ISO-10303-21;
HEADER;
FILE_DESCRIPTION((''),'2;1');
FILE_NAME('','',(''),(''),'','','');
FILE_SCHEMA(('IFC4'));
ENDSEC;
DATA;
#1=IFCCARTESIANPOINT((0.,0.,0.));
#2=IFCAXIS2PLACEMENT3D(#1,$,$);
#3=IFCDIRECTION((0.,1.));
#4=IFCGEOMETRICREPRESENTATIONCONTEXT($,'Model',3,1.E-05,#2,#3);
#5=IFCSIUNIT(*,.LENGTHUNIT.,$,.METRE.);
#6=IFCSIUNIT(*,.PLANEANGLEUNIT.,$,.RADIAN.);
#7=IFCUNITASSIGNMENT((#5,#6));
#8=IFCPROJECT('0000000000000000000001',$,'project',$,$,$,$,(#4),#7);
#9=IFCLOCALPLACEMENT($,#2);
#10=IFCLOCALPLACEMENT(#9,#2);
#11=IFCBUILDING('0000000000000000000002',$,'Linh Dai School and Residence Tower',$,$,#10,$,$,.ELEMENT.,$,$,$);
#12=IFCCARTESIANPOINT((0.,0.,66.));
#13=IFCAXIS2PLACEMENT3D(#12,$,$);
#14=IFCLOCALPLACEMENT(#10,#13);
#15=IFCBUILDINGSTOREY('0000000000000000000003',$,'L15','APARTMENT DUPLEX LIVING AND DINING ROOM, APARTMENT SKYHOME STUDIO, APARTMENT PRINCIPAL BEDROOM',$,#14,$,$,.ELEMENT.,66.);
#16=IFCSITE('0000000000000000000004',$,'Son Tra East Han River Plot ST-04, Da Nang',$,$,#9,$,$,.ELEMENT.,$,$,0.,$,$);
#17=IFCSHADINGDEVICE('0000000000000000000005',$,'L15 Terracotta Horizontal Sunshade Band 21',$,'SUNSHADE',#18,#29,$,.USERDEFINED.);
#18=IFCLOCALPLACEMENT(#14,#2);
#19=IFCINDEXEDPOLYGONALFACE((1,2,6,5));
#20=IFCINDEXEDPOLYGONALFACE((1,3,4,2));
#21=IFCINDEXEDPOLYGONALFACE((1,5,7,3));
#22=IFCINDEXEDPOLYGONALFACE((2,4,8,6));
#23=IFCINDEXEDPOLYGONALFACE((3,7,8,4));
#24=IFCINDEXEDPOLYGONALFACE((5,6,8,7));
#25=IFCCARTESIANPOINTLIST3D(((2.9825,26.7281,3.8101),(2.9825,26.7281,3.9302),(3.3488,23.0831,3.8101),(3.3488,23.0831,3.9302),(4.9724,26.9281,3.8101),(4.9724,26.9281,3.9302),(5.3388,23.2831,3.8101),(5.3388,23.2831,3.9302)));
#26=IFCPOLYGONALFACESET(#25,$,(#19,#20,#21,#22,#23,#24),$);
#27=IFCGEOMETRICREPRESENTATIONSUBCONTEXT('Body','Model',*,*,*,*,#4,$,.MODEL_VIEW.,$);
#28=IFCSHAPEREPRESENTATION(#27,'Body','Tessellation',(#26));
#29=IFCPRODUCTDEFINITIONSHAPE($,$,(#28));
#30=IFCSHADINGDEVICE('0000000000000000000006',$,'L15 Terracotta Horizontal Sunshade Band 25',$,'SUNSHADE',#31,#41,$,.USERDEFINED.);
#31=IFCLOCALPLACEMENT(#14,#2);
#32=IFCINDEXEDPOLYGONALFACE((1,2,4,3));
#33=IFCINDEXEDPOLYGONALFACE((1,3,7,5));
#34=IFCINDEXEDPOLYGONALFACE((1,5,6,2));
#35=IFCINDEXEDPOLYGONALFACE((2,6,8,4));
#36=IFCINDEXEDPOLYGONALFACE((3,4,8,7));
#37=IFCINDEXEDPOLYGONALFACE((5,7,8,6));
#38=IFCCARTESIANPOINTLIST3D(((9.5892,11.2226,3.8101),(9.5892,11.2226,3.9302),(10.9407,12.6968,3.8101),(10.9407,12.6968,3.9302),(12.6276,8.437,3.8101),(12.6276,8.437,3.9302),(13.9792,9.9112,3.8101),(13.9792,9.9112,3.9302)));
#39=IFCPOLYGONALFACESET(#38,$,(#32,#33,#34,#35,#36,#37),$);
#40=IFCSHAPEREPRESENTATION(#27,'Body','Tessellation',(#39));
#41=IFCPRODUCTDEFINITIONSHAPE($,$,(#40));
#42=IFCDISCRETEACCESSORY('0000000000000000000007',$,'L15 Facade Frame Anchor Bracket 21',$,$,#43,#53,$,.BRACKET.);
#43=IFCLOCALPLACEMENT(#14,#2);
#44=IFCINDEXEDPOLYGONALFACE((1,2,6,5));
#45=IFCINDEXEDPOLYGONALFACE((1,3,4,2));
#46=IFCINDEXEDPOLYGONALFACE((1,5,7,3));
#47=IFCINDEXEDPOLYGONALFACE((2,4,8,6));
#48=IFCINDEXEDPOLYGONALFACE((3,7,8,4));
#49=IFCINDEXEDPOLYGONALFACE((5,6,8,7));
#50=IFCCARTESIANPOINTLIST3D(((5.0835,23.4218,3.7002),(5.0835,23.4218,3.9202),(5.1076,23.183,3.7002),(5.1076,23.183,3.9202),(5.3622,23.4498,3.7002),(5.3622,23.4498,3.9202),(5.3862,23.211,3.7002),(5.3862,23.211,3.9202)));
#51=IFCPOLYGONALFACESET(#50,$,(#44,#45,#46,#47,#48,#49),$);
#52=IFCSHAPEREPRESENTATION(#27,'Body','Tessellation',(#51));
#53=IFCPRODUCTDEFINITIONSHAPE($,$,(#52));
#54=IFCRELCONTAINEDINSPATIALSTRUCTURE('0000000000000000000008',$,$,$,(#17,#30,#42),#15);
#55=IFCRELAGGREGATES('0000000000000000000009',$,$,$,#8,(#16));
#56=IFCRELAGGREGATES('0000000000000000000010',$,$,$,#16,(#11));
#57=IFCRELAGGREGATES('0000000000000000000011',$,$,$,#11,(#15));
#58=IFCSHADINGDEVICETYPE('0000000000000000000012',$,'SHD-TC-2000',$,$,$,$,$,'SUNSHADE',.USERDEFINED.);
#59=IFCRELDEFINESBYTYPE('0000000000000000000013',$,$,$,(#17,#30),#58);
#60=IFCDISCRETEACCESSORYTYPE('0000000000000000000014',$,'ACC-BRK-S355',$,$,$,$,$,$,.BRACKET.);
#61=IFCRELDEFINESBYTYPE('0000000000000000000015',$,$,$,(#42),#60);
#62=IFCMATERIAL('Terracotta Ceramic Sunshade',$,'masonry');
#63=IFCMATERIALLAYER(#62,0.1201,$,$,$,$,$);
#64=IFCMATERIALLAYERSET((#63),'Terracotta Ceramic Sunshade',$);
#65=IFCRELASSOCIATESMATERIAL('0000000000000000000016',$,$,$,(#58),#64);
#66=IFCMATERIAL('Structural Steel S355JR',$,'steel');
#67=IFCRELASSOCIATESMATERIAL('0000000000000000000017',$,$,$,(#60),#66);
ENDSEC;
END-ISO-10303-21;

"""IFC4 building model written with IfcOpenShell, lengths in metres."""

from ifc_helpers import new_model, si_unit, direction, frame, origin, origin_2d, place, context, subcontext, project, spatial, rectangle, extrude, source, transform, mapped, material, layer, layer_set, type_object, element, save


model = new_model("IFC4")

# Units and contexts
model_context = context("Model", 3, precision=1e-05, world=origin(), true_north=direction((0.0, 1.0)))
body_context = subcontext(model_context, "Body", "Model", "MODEL_VIEW")
ifc_project = project(units=[si_unit("LENGTHUNIT", "METRE"), si_unit("PLANEANGLEUNIT", "RADIAN")], contexts=[model_context])

# Site, building, storey
site_placement = place(None, origin())
site = spatial("IfcSite", under=ifc_project, at=site_placement, Name="Son Tra East Han River Plot ST-04, Da Nang", CompositionType="ELEMENT", RefElevation=0.0)
building_placement = place(site_placement, origin())
building = spatial("IfcBuilding", under=site, at=building_placement, Name="Linh Dai School and Residence Tower", CompositionType="ELEMENT")
storey_placement = place(building_placement, frame((0.0, 0.0, 66.0)))
storey = spatial("IfcBuildingStorey", under=building, at=storey_placement, Name="L15", Description="APARTMENT DUPLEX LIVING AND DINING ROOM, APARTMENT SKYHOME STUDIO, APARTMENT PRINCIPAL BEDROOM", CompositionType="ELEMENT", Elevation=66.0)

# Shared definitions
ifc_material_1 = material(Name="Structural Steel S355JR", Category="steel")

# Shading devices
ifc_material_2 = material(Name="Terracotta Ceramic Sunshade", Category="masonry")
ifc_layer_1 = layer(ifc_material_2, 0.1201)
ifc_layer_set_1 = layer_set([ifc_layer_1], Name="Terracotta Ceramic Sunshade")
shading_device_type = type_object("IfcShadingDeviceType", Name="SHD-TC-2000", ElementType="SUNSHADE", PredefinedType="USERDEFINED", material=ifc_layer_set_1)
shared_shape_1 = source(origin(), body_context, "Body", "SweptSolid", [
    extrude(rectangle(XDim=3.6633, YDim=2.0, at=origin_2d()), origin(), (0.0, 0.0, 1.0), 0.1201),
])
shading_device_1_placement = place(storey_placement, frame((4.1606, 25.0056, 3.8101), z_axis=(0.0, 0.0, 1.0), x_axis=(-0.100009, 0.994986, 0.0)))
element("IfcShadingDevice", 1, at=shading_device_1_placement, inside=storey, type_object=shading_device_type, Name="L15 Terracotta Horizontal Sunshade Band 21", ObjectType="SUNSHADE", PredefinedType="USERDEFINED", context=body_context, shape_type="MappedRepresentation", body=[
    mapped(shared_shape_1, transform((0.0, 0.0, 0.0), x_axis=(1.0, 0.0, 0.0), y_axis=(0.0, 1.0, 0.0), z_axis=(0.0, 0.0, 1.0), scale=1.0)),
])
shared_shape_2 = source(origin(), body_context, "Body", "SweptSolid", [
    extrude(rectangle(XDim=4.1221, YDim=2.0, at=origin_2d()), origin(), (0.0, 0.0, 1.0), 0.1201),
])
shading_device_2_placement = place(storey_placement, frame((11.7842, 10.5669, 3.8101), z_axis=(0.0, 0.0, 1.0), x_axis=(-0.737113, 0.675769, 0.0)))
element("IfcShadingDevice", 2, at=shading_device_2_placement, inside=storey, type_object=shading_device_type, Name="L15 Terracotta Horizontal Sunshade Band 25", ObjectType="SUNSHADE", PredefinedType="USERDEFINED", context=body_context, shape_type="MappedRepresentation", body=[
    mapped(shared_shape_2, transform((0.0, 0.0, 0.0), x_axis=(1.0, 0.0, 0.0), y_axis=(0.0, 1.0, 0.0), z_axis=(0.0, 0.0, 1.0), scale=1.0)),
])

# Discrete accessory
discrete_accessory_type = type_object("IfcDiscreteAccessoryType", Name="ACC-BRK-S355", PredefinedType="BRACKET", material=ifc_material_1)
shared_shape_3 = source(origin(), body_context, "Body", "SweptSolid", [
    extrude(rectangle(XDim=0.28, YDim=0.24, at=origin_2d()), origin(), (0.0, 0.0, 1.0), 0.22),
])
discrete_accessory_placement = place(storey_placement, frame((5.2349, 23.3164, 3.7002), z_axis=(0.0, 0.0, 1.0), x_axis=(-0.994986, -0.100009, 0.0)))
element("IfcDiscreteAccessory", 3, at=discrete_accessory_placement, inside=storey, type_object=discrete_accessory_type, Name="L15 Facade Frame Anchor Bracket 21", PredefinedType="BRACKET", context=body_context, shape_type="MappedRepresentation", body=[
    mapped(shared_shape_3, transform((0.0, 0.0, 0.0), x_axis=(1.0, 0.0, 0.0), y_axis=(0.0, 1.0, 0.0), z_axis=(0.0, 0.0, 1.0), scale=1.0)),
])

save(model, "model.ifc")
